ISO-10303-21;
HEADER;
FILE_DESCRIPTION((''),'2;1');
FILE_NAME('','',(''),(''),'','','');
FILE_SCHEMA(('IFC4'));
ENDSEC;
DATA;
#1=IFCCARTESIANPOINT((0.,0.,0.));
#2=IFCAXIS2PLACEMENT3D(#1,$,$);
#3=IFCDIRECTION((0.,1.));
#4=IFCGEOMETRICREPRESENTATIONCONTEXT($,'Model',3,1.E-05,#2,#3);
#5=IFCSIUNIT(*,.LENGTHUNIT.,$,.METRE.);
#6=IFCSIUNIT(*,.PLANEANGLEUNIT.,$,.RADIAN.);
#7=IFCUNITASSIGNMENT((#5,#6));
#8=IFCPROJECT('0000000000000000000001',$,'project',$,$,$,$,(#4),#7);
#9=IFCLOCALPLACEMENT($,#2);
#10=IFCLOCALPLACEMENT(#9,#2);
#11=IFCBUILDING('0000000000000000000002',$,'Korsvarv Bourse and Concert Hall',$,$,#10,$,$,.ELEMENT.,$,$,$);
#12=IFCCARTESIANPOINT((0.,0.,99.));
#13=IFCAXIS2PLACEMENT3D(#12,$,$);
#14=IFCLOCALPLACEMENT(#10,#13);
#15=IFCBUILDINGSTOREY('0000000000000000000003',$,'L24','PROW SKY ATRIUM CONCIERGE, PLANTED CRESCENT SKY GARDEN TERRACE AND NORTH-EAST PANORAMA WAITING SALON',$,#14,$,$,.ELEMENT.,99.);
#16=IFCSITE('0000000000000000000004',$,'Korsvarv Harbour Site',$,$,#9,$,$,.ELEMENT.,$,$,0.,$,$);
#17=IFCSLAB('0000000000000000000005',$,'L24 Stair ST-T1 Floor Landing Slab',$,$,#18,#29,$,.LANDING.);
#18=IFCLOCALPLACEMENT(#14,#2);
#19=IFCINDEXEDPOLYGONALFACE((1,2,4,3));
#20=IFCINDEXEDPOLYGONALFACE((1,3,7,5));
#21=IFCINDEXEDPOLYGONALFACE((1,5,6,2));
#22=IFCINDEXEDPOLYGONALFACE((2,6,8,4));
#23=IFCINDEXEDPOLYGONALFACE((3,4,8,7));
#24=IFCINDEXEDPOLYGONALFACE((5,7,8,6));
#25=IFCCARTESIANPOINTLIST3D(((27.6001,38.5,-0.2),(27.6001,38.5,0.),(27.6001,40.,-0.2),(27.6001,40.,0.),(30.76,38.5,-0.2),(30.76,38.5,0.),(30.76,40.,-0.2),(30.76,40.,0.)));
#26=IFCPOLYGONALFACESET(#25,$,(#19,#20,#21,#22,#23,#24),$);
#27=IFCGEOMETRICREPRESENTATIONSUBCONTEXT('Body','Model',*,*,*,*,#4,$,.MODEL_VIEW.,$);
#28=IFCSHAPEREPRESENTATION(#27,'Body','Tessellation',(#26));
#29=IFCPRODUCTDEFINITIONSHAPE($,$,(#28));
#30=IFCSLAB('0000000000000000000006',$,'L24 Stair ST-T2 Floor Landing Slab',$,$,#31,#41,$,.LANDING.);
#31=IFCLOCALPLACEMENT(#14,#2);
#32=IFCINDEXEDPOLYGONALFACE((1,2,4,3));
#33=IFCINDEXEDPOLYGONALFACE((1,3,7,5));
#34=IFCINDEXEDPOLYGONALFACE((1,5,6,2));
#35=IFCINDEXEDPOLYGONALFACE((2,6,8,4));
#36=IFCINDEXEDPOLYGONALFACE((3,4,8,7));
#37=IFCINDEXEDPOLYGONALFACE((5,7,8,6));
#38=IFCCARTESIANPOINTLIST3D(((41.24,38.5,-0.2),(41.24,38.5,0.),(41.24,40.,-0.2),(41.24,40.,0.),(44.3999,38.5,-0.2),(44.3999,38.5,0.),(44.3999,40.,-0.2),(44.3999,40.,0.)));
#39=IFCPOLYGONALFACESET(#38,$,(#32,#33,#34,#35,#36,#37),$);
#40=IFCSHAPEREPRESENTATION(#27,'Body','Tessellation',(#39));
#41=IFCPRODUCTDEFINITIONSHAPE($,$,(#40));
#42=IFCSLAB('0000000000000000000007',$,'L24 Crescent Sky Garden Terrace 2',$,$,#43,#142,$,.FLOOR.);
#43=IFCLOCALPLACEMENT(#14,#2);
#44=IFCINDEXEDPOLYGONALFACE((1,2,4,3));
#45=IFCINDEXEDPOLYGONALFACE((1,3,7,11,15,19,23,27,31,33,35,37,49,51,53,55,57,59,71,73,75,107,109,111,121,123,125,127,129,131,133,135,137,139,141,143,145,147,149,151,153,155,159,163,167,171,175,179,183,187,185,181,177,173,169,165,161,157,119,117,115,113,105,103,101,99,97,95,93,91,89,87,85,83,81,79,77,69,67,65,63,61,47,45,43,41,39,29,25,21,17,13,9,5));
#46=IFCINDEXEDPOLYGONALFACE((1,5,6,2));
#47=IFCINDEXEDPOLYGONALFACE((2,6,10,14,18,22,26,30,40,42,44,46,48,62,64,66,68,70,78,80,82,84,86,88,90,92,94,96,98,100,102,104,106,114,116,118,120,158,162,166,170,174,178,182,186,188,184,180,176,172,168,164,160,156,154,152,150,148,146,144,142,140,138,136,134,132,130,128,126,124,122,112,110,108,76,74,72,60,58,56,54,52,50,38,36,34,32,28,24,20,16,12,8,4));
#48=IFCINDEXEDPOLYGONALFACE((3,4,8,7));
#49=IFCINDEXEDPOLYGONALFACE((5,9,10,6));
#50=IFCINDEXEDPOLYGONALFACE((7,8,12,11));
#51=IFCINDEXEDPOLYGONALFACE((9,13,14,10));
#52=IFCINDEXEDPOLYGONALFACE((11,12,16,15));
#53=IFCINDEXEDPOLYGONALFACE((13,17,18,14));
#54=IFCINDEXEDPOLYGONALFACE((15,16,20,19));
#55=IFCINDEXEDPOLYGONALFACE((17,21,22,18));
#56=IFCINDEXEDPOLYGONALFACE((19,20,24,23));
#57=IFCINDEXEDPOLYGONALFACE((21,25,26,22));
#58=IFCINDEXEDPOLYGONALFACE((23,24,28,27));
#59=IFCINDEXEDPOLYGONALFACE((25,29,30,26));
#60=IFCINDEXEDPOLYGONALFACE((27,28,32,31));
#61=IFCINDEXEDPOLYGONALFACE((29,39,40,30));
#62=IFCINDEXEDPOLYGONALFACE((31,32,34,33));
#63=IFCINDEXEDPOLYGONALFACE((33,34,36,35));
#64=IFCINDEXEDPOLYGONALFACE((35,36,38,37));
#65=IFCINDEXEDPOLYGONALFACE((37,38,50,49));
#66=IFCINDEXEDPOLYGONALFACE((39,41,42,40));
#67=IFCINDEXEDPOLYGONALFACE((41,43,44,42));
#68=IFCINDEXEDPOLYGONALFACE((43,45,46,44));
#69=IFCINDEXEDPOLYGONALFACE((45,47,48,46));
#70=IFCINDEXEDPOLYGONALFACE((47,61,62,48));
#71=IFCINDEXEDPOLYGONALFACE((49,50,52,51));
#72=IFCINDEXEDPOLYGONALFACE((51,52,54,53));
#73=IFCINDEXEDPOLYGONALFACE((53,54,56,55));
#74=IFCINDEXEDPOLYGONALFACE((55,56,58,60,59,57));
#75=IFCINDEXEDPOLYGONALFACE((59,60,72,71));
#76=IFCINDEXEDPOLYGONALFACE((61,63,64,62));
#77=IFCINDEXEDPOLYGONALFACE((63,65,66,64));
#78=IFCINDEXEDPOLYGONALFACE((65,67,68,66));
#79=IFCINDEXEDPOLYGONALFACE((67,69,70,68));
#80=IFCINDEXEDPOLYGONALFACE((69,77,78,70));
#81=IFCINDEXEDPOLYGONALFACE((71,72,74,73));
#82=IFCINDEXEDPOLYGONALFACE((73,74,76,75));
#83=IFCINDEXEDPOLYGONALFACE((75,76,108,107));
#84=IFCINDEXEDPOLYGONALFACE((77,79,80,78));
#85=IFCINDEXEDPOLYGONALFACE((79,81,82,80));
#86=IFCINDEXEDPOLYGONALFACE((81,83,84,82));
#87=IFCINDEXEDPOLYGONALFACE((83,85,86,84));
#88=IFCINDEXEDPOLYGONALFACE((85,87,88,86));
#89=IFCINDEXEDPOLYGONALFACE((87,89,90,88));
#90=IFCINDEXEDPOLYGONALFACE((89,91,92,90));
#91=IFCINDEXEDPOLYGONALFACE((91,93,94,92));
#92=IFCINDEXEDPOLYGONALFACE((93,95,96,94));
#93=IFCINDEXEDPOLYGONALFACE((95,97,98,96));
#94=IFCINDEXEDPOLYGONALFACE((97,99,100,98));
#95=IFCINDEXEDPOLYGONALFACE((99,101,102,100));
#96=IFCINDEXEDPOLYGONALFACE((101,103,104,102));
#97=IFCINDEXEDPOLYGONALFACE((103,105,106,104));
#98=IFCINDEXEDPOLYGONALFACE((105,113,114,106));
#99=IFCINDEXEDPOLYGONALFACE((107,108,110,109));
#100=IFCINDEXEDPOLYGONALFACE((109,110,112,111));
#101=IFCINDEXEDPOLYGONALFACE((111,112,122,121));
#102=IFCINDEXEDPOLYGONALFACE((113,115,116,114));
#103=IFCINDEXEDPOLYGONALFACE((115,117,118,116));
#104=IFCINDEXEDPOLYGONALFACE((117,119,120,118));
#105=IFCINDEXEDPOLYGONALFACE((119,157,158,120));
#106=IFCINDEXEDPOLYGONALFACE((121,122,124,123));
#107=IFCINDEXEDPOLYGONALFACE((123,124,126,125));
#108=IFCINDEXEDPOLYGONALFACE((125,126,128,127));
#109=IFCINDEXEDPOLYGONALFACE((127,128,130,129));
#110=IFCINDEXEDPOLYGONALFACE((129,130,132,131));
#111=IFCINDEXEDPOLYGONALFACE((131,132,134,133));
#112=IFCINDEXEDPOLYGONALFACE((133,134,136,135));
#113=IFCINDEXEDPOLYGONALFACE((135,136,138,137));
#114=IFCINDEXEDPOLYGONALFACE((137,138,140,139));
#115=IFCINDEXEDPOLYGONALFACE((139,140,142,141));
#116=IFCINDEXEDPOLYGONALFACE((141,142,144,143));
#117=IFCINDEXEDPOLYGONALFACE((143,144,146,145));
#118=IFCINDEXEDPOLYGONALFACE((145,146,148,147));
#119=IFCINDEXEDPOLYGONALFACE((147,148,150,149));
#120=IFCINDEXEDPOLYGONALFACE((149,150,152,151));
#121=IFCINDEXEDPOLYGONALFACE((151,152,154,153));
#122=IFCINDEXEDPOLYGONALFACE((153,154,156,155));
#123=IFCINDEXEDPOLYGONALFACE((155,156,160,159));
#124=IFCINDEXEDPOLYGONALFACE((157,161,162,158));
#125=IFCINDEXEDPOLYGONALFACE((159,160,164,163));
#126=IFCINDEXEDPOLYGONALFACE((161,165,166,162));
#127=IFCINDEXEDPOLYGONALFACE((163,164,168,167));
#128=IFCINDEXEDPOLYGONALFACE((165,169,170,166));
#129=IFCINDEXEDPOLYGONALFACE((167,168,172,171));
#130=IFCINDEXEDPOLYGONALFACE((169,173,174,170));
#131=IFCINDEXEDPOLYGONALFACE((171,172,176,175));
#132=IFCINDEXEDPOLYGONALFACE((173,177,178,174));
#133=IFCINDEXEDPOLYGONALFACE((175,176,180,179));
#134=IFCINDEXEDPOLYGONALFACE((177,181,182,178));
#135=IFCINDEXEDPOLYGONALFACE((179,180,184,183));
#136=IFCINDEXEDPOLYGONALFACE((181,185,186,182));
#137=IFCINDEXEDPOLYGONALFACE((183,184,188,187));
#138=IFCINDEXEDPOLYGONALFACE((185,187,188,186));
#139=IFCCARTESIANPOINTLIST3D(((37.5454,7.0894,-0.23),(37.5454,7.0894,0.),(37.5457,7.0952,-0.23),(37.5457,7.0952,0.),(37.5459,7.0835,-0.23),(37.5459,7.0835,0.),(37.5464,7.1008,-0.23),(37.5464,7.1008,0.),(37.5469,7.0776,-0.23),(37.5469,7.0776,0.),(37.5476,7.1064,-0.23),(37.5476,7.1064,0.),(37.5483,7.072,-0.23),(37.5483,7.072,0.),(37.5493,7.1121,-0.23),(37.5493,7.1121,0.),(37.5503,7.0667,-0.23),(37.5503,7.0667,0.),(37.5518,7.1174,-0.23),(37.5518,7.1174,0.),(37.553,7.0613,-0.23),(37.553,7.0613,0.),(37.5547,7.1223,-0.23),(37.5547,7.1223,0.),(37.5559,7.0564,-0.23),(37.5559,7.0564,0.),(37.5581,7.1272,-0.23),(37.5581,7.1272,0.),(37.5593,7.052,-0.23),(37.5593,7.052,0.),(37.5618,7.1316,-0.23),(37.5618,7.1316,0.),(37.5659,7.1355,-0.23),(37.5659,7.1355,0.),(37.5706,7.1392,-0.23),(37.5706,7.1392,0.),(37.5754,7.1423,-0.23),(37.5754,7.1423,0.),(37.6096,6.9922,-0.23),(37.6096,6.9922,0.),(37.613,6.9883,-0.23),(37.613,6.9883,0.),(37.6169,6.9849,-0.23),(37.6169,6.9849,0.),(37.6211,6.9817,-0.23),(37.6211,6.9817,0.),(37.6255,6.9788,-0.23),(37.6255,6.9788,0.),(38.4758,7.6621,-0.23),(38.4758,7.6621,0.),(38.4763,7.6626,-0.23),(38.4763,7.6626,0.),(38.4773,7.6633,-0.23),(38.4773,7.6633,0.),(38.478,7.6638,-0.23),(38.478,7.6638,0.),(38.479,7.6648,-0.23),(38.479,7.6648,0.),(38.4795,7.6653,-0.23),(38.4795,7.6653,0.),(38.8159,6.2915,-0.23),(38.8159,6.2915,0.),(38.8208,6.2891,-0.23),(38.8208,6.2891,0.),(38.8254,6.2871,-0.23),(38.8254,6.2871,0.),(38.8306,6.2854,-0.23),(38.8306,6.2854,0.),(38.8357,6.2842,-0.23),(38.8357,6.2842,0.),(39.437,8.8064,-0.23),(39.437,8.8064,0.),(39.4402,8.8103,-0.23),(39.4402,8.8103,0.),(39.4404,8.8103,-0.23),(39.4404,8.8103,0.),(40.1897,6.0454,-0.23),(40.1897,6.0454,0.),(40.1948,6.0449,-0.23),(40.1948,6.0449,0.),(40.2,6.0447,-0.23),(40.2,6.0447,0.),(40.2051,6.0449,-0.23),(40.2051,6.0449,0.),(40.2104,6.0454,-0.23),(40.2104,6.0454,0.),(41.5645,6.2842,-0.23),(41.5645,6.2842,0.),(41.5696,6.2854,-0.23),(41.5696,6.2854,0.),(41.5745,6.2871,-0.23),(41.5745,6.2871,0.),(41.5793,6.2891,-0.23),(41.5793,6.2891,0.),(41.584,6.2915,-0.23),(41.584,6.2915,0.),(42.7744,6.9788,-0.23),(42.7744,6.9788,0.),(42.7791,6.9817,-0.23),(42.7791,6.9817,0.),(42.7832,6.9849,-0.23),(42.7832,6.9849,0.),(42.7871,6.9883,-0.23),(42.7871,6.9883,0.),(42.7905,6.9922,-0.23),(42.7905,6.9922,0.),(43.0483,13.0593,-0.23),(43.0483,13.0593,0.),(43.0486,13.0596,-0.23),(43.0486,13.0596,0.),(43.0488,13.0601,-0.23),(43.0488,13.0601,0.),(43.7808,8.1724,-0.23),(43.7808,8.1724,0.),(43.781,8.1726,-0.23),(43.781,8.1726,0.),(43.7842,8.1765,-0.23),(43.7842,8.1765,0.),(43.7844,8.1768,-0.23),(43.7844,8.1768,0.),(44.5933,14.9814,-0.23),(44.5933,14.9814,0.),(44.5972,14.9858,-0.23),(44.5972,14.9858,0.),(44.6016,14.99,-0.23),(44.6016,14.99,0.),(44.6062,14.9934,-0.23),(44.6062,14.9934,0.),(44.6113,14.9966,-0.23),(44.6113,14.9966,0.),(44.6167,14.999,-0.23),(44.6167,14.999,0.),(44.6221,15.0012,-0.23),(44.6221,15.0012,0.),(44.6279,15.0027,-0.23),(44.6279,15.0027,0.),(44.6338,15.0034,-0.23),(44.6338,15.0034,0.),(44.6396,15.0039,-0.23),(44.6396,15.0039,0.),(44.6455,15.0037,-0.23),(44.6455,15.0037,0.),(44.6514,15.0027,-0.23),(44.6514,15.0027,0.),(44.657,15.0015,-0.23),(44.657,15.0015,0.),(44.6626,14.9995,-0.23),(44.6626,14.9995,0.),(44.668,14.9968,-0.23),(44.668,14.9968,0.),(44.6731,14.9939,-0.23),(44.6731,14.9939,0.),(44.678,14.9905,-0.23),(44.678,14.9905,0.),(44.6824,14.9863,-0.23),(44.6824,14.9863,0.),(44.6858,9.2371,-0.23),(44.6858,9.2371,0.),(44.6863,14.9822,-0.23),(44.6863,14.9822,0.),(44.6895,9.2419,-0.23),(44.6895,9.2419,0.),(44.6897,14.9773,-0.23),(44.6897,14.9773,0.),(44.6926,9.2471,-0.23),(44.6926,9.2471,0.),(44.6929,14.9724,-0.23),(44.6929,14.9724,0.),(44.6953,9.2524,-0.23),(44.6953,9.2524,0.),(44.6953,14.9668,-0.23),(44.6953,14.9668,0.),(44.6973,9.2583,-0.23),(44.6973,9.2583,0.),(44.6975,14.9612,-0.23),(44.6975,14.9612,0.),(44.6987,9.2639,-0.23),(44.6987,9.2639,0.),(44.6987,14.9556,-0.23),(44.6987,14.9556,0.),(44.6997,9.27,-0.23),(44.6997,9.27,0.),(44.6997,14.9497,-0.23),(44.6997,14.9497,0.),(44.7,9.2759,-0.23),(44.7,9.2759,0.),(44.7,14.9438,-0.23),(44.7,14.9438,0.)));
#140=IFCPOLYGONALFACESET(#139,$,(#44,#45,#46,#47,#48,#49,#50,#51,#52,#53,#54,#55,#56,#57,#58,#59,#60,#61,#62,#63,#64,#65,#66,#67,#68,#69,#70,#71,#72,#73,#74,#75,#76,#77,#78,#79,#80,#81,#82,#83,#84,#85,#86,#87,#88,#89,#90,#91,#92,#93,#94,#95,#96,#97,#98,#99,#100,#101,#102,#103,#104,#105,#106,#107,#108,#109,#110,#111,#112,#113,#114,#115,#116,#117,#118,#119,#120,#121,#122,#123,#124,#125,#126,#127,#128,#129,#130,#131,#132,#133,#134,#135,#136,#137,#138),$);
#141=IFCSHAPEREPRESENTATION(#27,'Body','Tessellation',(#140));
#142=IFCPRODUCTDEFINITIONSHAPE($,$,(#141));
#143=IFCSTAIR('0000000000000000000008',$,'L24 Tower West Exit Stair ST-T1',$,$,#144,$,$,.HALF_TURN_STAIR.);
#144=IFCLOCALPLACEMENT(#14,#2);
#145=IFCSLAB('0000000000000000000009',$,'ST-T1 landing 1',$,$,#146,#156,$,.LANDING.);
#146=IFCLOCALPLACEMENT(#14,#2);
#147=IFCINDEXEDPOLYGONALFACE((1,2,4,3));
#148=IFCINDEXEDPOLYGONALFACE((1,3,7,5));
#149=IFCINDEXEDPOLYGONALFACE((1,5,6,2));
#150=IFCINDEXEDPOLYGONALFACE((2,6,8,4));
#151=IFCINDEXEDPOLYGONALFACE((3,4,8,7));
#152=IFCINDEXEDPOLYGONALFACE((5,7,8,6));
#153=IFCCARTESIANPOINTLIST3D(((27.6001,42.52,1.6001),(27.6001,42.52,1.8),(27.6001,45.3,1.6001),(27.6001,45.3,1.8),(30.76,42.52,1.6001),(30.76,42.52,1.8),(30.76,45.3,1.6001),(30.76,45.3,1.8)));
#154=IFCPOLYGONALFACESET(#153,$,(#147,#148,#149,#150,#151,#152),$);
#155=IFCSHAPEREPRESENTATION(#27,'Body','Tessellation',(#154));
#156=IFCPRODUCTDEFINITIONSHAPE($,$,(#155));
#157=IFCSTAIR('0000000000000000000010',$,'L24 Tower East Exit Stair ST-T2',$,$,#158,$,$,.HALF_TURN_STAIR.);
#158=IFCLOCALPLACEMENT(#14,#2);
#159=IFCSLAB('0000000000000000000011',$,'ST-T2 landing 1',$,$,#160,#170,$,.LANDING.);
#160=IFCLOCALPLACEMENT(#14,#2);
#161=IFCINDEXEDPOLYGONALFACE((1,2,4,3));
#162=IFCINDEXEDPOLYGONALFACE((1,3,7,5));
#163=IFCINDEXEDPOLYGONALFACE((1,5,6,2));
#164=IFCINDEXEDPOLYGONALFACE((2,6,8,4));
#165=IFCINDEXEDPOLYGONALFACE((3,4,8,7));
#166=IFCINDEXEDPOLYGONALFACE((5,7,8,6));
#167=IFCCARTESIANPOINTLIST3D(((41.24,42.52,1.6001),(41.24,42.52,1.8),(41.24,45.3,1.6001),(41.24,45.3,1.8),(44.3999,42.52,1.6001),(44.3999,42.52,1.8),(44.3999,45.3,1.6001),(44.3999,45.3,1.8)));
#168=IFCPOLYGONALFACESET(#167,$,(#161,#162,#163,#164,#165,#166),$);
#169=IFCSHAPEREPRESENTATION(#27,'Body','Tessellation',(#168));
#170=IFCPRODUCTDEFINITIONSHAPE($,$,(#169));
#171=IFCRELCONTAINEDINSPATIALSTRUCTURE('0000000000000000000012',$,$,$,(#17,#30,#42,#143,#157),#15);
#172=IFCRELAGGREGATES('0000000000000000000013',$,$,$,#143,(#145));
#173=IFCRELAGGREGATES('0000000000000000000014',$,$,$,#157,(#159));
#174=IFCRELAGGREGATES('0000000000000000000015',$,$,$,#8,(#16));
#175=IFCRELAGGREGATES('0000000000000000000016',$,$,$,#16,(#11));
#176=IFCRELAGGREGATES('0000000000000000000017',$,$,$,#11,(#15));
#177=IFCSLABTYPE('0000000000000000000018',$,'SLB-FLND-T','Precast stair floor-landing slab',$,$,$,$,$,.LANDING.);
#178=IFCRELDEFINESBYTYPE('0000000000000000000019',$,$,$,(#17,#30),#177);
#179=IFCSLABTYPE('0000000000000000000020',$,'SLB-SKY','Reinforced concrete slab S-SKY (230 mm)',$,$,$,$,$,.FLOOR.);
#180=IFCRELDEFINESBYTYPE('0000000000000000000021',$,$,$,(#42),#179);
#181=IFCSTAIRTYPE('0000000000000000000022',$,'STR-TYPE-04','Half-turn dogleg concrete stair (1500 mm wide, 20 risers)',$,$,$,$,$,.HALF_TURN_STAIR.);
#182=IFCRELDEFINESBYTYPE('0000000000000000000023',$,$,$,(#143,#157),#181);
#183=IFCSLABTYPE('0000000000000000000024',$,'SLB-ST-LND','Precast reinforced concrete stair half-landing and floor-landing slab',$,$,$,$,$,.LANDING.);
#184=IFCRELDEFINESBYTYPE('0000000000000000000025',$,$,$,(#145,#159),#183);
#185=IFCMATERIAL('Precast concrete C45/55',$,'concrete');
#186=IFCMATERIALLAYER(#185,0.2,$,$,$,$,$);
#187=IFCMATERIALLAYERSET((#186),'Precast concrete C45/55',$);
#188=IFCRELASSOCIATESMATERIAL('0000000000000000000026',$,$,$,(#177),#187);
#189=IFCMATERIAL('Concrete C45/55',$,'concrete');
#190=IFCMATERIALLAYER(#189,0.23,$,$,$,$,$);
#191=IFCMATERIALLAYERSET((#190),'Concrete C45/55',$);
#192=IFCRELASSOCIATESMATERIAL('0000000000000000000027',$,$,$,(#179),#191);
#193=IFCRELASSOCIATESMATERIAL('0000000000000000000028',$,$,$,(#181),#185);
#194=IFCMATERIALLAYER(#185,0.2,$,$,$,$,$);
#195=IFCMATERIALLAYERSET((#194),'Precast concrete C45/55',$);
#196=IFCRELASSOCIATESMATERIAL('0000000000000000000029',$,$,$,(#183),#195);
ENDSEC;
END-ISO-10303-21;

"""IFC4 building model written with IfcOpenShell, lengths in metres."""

from ifc_helpers import new_model, si_unit, direction, frame, origin, place, context, subcontext, project, spatial, polyline, outline, extrude, material, layer, layer_set, type_object, element, aggregate, save


model = new_model("IFC4")

# Units and contexts
model_context = context("Model", 3, precision=1e-05, world=origin(), true_north=direction((0.0, 1.0)))
body_context = subcontext(model_context, "Body", "Model", "MODEL_VIEW")
ifc_project = project(units=[si_unit("LENGTHUNIT", "METRE"), si_unit("PLANEANGLEUNIT", "RADIAN")], contexts=[model_context])

# Site, building, storey
site_placement = place(None, origin())
site = spatial("IfcSite", under=ifc_project, at=site_placement, Name="Korsvarv Harbour Site", CompositionType="ELEMENT", RefElevation=0.0)
building_placement = place(site_placement, origin())
building = spatial("IfcBuilding", under=site, at=building_placement, Name="Korsvarv Bourse and Concert Hall", CompositionType="ELEMENT")
storey_placement = place(building_placement, frame((0.0, 0.0, 99.0)))
storey = spatial("IfcBuildingStorey", under=building, at=storey_placement, Name="L24", Description="PROW SKY ATRIUM CONCIERGE, PLANTED CRESCENT SKY GARDEN TERRACE AND NORTH-EAST PANORAMA WAITING SALON", CompositionType="ELEMENT", Elevation=99.0)

# Slabs
ifc_material_1 = material(Name="Precast concrete C45/55", Category="concrete")
ifc_layer_1 = layer(ifc_material_1, 0.2)
ifc_layer_set_1 = layer_set([ifc_layer_1], Name="Precast concrete C45/55")
slab_type_1 = type_object("IfcSlabType", Name="SLB-FLND-T", Description="Precast stair floor-landing slab", PredefinedType="LANDING", material=ifc_layer_set_1)
slab_1_placement = place(storey_placement, frame((0.0, 0.0, -0.2)))
element("IfcSlab", 1, at=slab_1_placement, inside=storey, type_object=slab_type_1, Name="L24 Stair ST-T1 Floor Landing Slab", PredefinedType="LANDING", context=body_context, shape_type="SweptSolid", body=[
    extrude(outline(polyline([(30.76, 38.5), (30.76, 40.0), (27.6001, 40.0), (27.6001, 38.5), (30.76, 38.5)])), origin(), (0.0, 0.0, 1.0), 0.2),
])
slab_2_placement = place(storey_placement, frame((0.0, 0.0, -0.2)))
element("IfcSlab", 2, at=slab_2_placement, inside=storey, type_object=slab_type_1, Name="L24 Stair ST-T2 Floor Landing Slab", PredefinedType="LANDING", context=body_context, shape_type="SweptSolid", body=[
    extrude(outline(polyline([(44.3999, 38.5), (44.3999, 40.0), (41.24, 40.0), (41.24, 38.5), (44.3999, 38.5)])), origin(), (0.0, 0.0, 1.0), 0.2),
])
ifc_material_2 = material(Name="Concrete C45/55", Category="concrete")
ifc_layer_2 = layer(ifc_material_2, 0.23)
ifc_layer_set_2 = layer_set([ifc_layer_2], Name="Concrete C45/55")
slab_type_2 = type_object("IfcSlabType", Name="SLB-SKY", Description="Reinforced concrete slab S-SKY (230 mm)", PredefinedType="FLOOR", material=ifc_layer_set_2)
slab_3_placement = place(storey_placement, frame((0.0, 0.0, -0.23)))
element("IfcSlab", 3, at=slab_3_placement, inside=storey, type_object=slab_type_2, Name="L24 Crescent Sky Garden Terrace 2", PredefinedType="FLOOR", context=body_context, shape_type="SweptSolid", body=[
    extrude(outline(polyline([(38.4763, 7.6626), (38.4773, 7.6633), (38.478, 7.6638), (38.479, 7.6648), (38.4795, 7.6653), (39.437, 8.8064), (39.437, 8.8064), (39.4402, 8.8103), (39.4404, 8.8103), (43.0483, 13.0593), (43.0486, 13.0596), (43.0488, 13.0601), (44.5933, 14.9814), (44.5972, 14.9858), (44.6016, 14.99), (44.6062, 14.9934), (44.6113, 14.9966), (44.6167, 14.999), (44.6221, 15.0012), (44.6279, 15.0027), (44.6338, 15.0034), (44.6396, 15.0039), (44.6455, 15.0037), (44.6514, 15.0027), (44.657, 15.0015), (44.6626, 14.9995), (44.668, 14.9968), (44.6731, 14.9939), (44.678, 14.9905), (44.6824, 14.9863), (44.6863, 14.9822), (44.6897, 14.9773), (44.6929, 14.9724), (44.6953, 14.9668), (44.6975, 14.9612), (44.6987, 14.9556), (44.6997, 14.9497), (44.7, 14.9438), (44.7, 9.2759), (44.6997, 9.27), (44.6987, 9.2639), (44.6973, 9.2583), (44.6953, 9.2524), (44.6926, 9.2471), (44.6895, 9.2419), (44.6858, 9.2371), (43.7844, 8.1768), (43.7842, 8.1765), (43.781, 8.1726), (43.7808, 8.1724), (42.7905, 6.9922), (42.7871, 6.9883), (42.7832, 6.9849), (42.7791, 6.9817), (42.7744, 6.9788), (41.584, 6.2915), (41.5793, 6.2891), (41.5745, 6.2871), (41.5696, 6.2854), (41.5645, 6.2842), (40.2104, 6.0454), (40.2051, 6.0449), (40.2, 6.0447), (40.1948, 6.0449), (40.1897, 6.0454), (38.8357, 6.2842), (38.8306, 6.2854), (38.8254, 6.2871), (38.8208, 6.2891), (38.8159, 6.2915), (37.6255, 6.9788), (37.6211, 6.9817), (37.6169, 6.9849), (37.613, 6.9883), (37.6096, 6.9922), (37.5593, 7.052), (37.5559, 7.0564), (37.553, 7.0613), (37.5503, 7.0667), (37.5483, 7.072), (37.5469, 7.0776), (37.5459, 7.0835), (37.5454, 7.0894), (37.5457, 7.0952), (37.5464, 7.1008), (37.5476, 7.1064), (37.5493, 7.1121), (37.5518, 7.1174), (37.5547, 7.1223), (37.5581, 7.1272), (37.5618, 7.1316), (37.5659, 7.1355), (37.5706, 7.1392), (37.5754, 7.1423), (38.4758, 7.6621), (38.4763, 7.6626)])), origin(), (0.0, 0.0, 1.0), 0.23),
])

# Stairs, slabs
stair_type = type_object("IfcStairType", Name="STR-TYPE-04", Description="Half-turn dogleg concrete stair (1500 mm wide, 20 risers)", PredefinedType="HALF_TURN_STAIR", material=ifc_material_1)
stair_1_placement = place(storey_placement, origin())
stair_1 = element("IfcStair", 4, at=stair_1_placement, inside=storey, type_object=stair_type, Name="L24 Tower West Exit Stair ST-T1", PredefinedType="HALF_TURN_STAIR")
ifc_layer_3 = layer(ifc_material_1, 0.2)
ifc_layer_set_3 = layer_set([ifc_layer_3], Name="Precast concrete C45/55")
slab_type_3 = type_object("IfcSlabType", Name="SLB-ST-LND", Description="Precast reinforced concrete stair half-landing and floor-landing slab", PredefinedType="LANDING", material=ifc_layer_set_3)
slab_4_placement = place(storey_placement, frame((0.0, 0.0, 1.6001)))
slab_4 = element("IfcSlab", 5, at=slab_4_placement, type_object=slab_type_3, Name="ST-T1 landing 1", PredefinedType="LANDING", context=body_context, shape_type="SweptSolid", body=[
    extrude(outline(polyline([(30.76, 42.52), (30.76, 45.3), (27.6001, 45.3), (27.6001, 42.52), (30.76, 42.52)])), origin(), (0.0, 0.0, 1.0), 0.2),
])
aggregate(stair_1, [slab_4])
stair_2_placement = place(storey_placement, origin())
stair_2 = element("IfcStair", 6, at=stair_2_placement, inside=storey, type_object=stair_type, Name="L24 Tower East Exit Stair ST-T2", PredefinedType="HALF_TURN_STAIR")
slab_5_placement = place(storey_placement, frame((0.0, 0.0, 1.6001)))
slab_5 = element("IfcSlab", 7, at=slab_5_placement, type_object=slab_type_3, Name="ST-T2 landing 1", PredefinedType="LANDING", context=body_context, shape_type="SweptSolid", body=[
    extrude(outline(polyline([(44.3999, 42.52), (44.3999, 45.3), (41.24, 45.3), (41.24, 42.52), (44.3999, 42.52)])), origin(), (0.0, 0.0, 1.0), 0.2),
])
aggregate(stair_2, [slab_5])

save(model, "model.ifc")
